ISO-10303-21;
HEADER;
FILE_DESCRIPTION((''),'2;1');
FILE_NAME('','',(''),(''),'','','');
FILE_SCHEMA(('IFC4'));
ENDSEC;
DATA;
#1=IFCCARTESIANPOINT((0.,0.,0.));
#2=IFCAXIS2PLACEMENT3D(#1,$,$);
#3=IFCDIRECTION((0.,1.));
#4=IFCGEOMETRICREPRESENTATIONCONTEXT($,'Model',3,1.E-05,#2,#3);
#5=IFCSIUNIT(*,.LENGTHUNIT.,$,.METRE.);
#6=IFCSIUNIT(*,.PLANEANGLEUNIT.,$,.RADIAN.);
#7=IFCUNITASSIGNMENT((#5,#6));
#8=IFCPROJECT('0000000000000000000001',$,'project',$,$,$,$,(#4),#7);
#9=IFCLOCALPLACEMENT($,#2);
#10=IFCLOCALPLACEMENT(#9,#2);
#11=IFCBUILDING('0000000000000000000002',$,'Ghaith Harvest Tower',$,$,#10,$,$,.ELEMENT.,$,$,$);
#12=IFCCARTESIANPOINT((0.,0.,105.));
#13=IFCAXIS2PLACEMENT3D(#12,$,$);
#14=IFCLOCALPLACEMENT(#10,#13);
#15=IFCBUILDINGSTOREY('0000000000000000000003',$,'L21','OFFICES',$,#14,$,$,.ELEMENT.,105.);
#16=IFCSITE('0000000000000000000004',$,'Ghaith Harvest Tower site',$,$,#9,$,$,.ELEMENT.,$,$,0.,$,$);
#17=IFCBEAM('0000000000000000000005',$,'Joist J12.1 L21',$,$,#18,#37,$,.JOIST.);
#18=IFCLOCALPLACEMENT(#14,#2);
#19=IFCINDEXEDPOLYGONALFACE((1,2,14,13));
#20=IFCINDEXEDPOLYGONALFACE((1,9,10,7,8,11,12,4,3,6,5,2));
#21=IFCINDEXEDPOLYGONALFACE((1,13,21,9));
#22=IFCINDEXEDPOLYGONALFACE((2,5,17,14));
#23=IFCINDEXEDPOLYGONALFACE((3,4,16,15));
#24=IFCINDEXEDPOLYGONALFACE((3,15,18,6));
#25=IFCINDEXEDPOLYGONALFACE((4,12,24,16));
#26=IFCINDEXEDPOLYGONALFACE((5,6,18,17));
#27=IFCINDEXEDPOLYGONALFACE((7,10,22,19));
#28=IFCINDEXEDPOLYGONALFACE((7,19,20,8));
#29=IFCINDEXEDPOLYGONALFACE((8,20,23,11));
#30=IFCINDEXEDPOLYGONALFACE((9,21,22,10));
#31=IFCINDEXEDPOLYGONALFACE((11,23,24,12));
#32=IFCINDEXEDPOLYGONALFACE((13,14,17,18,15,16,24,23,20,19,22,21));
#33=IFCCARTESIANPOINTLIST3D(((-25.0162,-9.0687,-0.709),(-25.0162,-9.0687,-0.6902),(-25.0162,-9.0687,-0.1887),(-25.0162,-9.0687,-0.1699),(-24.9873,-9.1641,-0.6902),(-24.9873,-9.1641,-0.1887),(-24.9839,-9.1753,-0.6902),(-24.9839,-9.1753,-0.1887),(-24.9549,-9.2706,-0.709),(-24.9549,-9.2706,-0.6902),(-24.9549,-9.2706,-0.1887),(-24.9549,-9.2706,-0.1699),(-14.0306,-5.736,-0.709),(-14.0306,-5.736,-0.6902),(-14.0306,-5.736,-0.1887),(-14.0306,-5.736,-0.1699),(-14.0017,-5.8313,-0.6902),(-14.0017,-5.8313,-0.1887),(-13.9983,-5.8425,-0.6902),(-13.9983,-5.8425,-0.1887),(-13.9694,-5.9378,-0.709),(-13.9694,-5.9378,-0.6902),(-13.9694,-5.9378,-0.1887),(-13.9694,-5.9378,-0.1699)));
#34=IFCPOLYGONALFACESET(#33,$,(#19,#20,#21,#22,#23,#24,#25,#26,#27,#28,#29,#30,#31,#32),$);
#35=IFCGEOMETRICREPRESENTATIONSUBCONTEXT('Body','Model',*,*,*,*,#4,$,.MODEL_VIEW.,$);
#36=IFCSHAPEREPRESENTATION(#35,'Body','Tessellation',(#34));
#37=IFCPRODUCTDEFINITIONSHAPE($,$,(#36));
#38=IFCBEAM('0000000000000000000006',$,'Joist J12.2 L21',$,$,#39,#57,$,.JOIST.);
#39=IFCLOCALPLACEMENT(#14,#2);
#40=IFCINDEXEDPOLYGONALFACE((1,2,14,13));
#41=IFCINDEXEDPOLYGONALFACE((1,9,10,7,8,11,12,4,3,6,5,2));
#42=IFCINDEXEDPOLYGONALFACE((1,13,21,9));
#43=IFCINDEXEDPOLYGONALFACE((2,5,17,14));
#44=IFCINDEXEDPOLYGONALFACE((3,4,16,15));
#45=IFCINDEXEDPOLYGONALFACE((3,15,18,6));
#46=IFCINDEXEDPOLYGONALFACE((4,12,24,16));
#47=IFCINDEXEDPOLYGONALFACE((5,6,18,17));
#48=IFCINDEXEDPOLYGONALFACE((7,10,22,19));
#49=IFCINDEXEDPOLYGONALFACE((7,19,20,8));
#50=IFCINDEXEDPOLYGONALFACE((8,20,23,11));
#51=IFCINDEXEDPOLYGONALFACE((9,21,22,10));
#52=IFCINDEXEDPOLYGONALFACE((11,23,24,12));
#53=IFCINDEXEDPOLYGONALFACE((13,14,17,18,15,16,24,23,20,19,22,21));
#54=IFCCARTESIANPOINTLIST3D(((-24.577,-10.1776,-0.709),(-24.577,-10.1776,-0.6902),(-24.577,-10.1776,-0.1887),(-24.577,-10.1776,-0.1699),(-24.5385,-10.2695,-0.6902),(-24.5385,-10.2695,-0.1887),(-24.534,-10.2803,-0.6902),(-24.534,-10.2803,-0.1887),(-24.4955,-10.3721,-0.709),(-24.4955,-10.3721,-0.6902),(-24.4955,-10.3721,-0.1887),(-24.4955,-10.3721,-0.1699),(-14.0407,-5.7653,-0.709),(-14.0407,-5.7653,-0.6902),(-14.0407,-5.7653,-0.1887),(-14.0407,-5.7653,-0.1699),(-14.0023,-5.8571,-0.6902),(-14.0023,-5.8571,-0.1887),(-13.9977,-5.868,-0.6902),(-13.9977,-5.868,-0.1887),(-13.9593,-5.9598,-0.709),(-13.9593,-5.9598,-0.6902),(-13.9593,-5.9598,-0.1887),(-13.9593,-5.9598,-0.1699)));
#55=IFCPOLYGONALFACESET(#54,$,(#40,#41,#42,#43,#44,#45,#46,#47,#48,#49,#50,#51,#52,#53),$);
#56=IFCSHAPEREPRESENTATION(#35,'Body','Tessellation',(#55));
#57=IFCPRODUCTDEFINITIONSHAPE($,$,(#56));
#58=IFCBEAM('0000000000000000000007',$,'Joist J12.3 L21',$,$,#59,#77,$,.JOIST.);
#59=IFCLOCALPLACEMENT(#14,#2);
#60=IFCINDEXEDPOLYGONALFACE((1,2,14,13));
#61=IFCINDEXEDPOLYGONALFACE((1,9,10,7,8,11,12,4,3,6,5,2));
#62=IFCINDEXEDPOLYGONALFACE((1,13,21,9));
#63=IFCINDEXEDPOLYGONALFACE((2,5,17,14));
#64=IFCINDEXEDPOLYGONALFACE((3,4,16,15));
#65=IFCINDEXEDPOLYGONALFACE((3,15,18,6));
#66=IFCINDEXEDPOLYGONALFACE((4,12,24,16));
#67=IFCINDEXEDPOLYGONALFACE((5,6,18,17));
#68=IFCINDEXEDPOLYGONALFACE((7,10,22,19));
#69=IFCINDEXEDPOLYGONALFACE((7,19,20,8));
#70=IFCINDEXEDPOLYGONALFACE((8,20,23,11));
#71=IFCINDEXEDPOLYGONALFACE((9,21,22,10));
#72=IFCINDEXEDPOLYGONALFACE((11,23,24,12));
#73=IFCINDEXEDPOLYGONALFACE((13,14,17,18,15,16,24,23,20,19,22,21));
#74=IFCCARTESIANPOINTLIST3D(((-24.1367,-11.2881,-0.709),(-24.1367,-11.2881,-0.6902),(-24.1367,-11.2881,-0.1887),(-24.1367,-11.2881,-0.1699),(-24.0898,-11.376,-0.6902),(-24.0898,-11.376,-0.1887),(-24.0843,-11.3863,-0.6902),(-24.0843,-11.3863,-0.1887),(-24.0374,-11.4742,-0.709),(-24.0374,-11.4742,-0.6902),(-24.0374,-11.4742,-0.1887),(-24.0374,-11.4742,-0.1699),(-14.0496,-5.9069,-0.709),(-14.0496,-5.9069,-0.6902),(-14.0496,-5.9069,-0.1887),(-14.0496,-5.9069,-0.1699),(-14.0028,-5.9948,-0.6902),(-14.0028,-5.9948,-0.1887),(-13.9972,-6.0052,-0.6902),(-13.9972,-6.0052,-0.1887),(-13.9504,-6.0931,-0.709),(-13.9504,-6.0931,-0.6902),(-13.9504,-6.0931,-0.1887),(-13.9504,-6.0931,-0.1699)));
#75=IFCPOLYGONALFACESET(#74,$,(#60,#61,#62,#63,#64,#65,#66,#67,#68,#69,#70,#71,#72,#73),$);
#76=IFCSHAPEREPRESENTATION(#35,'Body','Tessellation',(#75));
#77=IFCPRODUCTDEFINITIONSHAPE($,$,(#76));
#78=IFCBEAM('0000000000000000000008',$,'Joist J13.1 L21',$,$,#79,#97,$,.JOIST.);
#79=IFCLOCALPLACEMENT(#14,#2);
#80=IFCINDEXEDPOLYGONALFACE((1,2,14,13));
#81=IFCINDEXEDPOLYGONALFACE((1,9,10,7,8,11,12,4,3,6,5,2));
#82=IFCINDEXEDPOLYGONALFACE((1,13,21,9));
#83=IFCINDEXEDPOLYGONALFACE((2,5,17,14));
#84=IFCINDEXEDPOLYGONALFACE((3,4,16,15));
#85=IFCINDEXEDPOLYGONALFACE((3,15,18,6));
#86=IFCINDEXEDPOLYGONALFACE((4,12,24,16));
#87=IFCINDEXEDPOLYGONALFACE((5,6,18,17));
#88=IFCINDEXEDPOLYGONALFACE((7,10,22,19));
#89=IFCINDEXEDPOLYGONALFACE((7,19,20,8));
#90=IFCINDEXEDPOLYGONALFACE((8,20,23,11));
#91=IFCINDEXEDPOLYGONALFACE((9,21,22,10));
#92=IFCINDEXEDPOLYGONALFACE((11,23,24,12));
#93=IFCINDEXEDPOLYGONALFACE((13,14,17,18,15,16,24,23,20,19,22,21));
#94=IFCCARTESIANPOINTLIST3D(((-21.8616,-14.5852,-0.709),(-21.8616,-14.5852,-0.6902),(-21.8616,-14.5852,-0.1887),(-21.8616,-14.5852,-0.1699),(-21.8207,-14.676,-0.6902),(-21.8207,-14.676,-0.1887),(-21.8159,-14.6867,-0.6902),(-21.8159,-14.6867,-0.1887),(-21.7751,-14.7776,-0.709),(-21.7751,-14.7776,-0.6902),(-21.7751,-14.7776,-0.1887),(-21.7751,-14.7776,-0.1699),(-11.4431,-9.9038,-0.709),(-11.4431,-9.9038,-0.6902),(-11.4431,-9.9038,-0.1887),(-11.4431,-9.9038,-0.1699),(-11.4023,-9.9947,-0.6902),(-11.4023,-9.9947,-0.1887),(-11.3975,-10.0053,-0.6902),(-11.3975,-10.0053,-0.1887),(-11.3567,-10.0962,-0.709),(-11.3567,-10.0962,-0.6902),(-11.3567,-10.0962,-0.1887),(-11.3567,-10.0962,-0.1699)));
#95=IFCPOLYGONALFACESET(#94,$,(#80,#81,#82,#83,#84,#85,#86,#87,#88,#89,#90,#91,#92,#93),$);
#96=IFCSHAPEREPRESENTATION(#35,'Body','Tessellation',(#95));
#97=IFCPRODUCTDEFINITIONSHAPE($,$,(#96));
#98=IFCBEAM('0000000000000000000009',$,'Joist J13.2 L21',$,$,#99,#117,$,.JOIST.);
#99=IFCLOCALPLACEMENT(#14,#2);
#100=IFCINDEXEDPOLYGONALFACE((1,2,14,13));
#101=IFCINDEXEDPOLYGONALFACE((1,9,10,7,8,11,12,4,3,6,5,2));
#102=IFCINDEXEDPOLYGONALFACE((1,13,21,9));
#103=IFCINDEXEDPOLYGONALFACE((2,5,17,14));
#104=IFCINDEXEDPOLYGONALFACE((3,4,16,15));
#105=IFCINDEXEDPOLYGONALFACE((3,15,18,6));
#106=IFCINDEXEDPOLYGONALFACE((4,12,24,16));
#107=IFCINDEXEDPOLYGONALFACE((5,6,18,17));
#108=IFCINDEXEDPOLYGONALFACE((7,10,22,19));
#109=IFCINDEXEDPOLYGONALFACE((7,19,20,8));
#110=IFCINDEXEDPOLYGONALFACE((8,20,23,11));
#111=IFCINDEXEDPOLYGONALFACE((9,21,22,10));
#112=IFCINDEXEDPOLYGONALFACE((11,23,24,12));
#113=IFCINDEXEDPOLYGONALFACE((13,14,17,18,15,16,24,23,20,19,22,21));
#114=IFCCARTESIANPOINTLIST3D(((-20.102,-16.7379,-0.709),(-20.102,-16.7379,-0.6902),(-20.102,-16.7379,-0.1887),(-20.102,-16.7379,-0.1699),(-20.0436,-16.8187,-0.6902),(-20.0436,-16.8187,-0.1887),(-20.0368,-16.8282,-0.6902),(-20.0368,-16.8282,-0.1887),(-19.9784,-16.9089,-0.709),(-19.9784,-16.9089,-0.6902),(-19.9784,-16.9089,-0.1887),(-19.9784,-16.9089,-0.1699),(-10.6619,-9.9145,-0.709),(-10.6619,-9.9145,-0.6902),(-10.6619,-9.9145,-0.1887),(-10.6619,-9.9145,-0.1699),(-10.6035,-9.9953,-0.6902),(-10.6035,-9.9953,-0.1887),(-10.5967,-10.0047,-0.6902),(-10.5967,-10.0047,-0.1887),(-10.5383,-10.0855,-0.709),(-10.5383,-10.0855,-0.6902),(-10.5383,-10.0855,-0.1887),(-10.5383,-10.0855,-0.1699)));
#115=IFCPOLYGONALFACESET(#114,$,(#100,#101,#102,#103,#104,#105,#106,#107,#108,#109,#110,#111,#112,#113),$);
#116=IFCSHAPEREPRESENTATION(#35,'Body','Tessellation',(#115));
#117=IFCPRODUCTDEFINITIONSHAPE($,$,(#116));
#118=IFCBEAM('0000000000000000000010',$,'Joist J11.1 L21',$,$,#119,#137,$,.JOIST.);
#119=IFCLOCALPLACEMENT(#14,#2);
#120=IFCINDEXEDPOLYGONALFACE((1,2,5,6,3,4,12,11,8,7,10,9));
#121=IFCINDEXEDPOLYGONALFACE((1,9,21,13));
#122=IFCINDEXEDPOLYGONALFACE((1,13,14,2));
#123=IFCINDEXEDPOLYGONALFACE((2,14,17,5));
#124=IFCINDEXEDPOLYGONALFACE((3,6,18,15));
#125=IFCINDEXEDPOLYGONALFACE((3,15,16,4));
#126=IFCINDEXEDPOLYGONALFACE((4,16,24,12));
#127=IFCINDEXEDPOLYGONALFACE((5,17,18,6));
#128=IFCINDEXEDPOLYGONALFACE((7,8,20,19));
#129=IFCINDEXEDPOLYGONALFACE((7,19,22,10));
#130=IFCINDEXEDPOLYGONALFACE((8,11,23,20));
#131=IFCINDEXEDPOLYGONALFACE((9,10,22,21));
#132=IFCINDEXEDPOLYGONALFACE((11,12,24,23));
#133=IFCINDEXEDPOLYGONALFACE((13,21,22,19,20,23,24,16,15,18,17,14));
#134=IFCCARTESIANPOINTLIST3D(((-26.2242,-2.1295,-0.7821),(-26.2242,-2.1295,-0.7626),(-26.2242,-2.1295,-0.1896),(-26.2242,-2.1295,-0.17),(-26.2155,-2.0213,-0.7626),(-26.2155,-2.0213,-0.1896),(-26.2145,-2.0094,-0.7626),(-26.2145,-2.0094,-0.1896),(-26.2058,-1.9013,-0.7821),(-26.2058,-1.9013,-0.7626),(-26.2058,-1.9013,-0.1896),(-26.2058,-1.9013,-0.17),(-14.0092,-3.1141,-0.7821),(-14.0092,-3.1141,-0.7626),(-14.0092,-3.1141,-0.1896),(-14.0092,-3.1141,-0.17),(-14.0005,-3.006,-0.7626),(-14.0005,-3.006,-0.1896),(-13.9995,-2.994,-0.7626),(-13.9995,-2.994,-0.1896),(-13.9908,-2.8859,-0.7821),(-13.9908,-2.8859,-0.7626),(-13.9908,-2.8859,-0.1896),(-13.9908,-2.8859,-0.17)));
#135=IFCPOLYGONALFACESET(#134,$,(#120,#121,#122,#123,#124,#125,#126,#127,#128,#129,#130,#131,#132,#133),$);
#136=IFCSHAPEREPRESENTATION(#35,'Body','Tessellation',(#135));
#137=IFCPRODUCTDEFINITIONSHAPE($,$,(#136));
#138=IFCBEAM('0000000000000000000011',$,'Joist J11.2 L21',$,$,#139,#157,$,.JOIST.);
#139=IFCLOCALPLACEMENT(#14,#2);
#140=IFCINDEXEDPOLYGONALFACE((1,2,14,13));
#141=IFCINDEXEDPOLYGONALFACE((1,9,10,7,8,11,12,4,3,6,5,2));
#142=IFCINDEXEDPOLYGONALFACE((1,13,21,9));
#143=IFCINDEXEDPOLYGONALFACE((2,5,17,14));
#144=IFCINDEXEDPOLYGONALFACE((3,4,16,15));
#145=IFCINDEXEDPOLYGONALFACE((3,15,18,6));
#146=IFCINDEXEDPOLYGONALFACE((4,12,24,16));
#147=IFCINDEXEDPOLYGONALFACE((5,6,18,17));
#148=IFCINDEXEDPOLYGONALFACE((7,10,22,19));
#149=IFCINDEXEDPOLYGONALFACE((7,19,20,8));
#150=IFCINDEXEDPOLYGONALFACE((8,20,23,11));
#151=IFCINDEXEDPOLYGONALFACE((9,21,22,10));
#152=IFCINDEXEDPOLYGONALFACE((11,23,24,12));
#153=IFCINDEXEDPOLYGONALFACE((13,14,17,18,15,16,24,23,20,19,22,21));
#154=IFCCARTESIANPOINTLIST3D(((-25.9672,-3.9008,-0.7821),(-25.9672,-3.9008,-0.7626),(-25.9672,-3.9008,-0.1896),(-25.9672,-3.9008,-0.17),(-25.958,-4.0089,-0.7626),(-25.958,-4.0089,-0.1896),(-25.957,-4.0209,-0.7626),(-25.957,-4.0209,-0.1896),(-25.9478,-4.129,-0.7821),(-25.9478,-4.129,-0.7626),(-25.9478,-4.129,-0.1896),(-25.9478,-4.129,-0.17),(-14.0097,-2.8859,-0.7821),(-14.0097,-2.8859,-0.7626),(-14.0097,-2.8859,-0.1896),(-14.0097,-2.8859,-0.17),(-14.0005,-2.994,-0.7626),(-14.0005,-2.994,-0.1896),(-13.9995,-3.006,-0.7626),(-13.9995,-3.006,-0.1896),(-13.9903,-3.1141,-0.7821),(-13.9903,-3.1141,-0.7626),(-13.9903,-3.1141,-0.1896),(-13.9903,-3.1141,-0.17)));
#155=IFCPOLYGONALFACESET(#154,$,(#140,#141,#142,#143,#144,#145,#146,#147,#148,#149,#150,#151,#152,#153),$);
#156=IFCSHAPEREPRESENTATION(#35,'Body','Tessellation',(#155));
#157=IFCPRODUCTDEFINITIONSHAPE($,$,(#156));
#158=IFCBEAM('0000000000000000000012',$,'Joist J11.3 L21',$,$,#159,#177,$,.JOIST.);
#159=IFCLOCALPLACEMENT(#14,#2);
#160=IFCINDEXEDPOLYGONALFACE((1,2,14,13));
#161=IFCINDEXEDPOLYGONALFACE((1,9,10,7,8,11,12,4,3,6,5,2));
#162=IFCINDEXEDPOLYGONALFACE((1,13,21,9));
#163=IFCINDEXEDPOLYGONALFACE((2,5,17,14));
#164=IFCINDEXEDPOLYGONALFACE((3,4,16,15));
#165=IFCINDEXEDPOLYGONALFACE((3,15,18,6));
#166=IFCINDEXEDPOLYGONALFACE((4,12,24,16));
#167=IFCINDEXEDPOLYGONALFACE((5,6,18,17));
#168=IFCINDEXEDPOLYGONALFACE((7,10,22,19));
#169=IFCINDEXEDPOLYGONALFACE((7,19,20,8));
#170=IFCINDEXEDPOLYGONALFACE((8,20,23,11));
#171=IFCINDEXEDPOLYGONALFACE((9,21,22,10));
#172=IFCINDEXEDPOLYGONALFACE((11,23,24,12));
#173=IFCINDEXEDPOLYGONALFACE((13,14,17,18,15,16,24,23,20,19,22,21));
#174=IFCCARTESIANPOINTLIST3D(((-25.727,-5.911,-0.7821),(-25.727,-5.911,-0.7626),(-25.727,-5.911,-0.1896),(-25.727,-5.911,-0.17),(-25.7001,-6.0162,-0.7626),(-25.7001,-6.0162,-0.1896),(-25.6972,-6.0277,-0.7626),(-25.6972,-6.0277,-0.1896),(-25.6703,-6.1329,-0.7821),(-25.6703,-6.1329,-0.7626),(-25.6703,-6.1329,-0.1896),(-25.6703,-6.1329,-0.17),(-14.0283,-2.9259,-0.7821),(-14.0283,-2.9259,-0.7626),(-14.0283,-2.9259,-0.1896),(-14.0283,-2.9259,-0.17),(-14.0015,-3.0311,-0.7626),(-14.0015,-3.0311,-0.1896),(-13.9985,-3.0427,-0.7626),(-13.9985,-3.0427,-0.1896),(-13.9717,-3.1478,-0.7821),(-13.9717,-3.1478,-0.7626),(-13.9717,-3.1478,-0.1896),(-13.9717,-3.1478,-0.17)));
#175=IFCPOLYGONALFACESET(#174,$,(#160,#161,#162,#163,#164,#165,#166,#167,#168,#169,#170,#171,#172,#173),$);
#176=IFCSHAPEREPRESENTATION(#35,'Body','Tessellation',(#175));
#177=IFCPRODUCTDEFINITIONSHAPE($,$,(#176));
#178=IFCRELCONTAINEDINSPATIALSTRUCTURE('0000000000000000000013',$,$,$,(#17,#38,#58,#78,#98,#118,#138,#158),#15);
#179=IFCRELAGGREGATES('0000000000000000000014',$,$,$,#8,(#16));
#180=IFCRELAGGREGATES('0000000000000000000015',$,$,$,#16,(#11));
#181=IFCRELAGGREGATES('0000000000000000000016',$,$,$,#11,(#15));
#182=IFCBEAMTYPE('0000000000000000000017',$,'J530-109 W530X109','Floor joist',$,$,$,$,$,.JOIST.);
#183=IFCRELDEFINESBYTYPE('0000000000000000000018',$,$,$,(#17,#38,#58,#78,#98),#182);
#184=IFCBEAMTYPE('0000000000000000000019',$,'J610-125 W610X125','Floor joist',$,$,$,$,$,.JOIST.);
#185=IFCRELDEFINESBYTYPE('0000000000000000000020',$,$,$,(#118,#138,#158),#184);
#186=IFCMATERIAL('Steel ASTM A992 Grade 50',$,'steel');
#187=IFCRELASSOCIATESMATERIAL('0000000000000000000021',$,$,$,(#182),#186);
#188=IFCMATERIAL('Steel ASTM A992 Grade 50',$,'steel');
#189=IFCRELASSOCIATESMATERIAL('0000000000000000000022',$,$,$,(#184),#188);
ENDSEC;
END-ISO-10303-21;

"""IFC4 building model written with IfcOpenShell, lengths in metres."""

from ifc_helpers import new_model, si_unit, direction, frame, origin, origin_2d, place, context, subcontext, project, spatial, i_section, extrude, material, material_profile, profile_set, type_object, element, save


model = new_model("IFC4")

# Units and contexts
model_context = context("Model", 3, precision=1e-05, world=origin(), true_north=direction((0.0, 1.0)))
body_context = subcontext(model_context, "Body", "Model", "MODEL_VIEW")
ifc_project = project(units=[si_unit("LENGTHUNIT", "METRE"), si_unit("PLANEANGLEUNIT", "RADIAN")], contexts=[model_context])

# Site, building, storey
site_placement = place(None, origin())
site = spatial("IfcSite", under=ifc_project, at=site_placement, Name="Ghaith Harvest Tower site", CompositionType="ELEMENT", RefElevation=0.0)
building_placement = place(site_placement, origin())
building = spatial("IfcBuilding", under=site, at=building_placement, Name="Ghaith Harvest Tower", CompositionType="ELEMENT")
storey_placement = place(building_placement, frame((0.0, 0.0, 105.0)))
storey = spatial("IfcBuildingStorey", under=building, at=storey_placement, Name="L21", Description="OFFICES", CompositionType="ELEMENT", Elevation=105.0)

# Beams
ifc_material_1 = material(Name="Steel ASTM A992 Grade 50", Category="steel")
ifc_material_profile_1 = material_profile(ifc_material_1, i_section(OverallWidth=0.2109, OverallDepth=0.5391, WebThickness=0.0117, FlangeThickness=0.0188, at=origin_2d()), Name="W530X109")
ifc_profile_set_1 = profile_set([ifc_material_profile_1], Name="Steel ASTM A992 Grade 50")
beam_type_1 = type_object("IfcBeamType", Name="J530-109 W530X109", Description="Floor joist", PredefinedType="JOIST", material=ifc_profile_set_1)
beam_1_placement = place(storey_placement, frame((-14.0, -5.8369, -0.4395), z_axis=(-0.956933, -0.29031, 0.0), x_axis=(0.29031, -0.956933, 0.0)))
element("IfcBeam", 1, at=beam_1_placement, inside=storey, type_object=beam_type_1, Name="Joist J12.1 L21", PredefinedType="JOIST", context=body_context, shape_type="SweptSolid", body=[
    extrude(i_section(OverallWidth=0.2109, OverallDepth=0.5391, WebThickness=0.0117, FlangeThickness=0.0188, at=origin_2d()), origin(), (0.0, 0.0, 1.0), 11.48),
])
beam_2_placement = place(storey_placement, frame((-14.0, -5.8625, -0.4395), z_axis=(-0.922386, -0.38627, 0.0), x_axis=(0.38627, -0.922386, 0.0)))
element("IfcBeam", 2, at=beam_2_placement, inside=storey, type_object=beam_type_1, Name="Joist J12.2 L21", PredefinedType="JOIST", context=body_context, shape_type="SweptSolid", body=[
    extrude(i_section(OverallWidth=0.2109, OverallDepth=0.5391, WebThickness=0.0117, FlangeThickness=0.0188, at=origin_2d()), origin(), (0.0, 0.0, 1.0), 11.4229),
])
beam_3_placement = place(storey_placement, frame((-14.0, -6.0, -0.4395), z_axis=(-0.882302, -0.470685, 0.0), x_axis=(0.470685, -0.882302, 0.0)))
element("IfcBeam", 3, at=beam_3_placement, inside=storey, type_object=beam_type_1, Name="Joist J12.3 L21", PredefinedType="JOIST", context=body_context, shape_type="SweptSolid", body=[
    extrude(i_section(OverallWidth=0.2109, OverallDepth=0.5391, WebThickness=0.0117, FlangeThickness=0.0188, at=origin_2d()), origin(), (0.0, 0.0, 1.0), 11.4326),
])
beam_4_placement = place(storey_placement, frame((-11.3999, -10.0, -0.4395), z_axis=(-0.912148, -0.409862, 0.0), x_axis=(0.409862, -0.912148, 0.0)))
element("IfcBeam", 4, at=beam_4_placement, inside=storey, type_object=beam_type_1, Name="Joist J13.1 L21", PredefinedType="JOIST", context=body_context, shape_type="SweptSolid", body=[
    extrude(i_section(OverallWidth=0.2109, OverallDepth=0.5391, WebThickness=0.0117, FlangeThickness=0.0188, at=origin_2d()), origin(), (0.0, 0.0, 1.0), 11.4219),
])
beam_5_placement = place(storey_placement, frame((-10.6001, -10.0, -0.4395), z_axis=(-0.810452, -0.585805, 0.0), x_axis=(0.585805, -0.810452, 0.0)))
element("IfcBeam", 5, at=beam_5_placement, inside=storey, type_object=beam_type_1, Name="Joist J13.2 L21", PredefinedType="JOIST", context=body_context, shape_type="SweptSolid", body=[
    extrude(i_section(OverallWidth=0.2109, OverallDepth=0.5391, WebThickness=0.0117, FlangeThickness=0.0188, at=origin_2d()), origin(), (0.0, 0.0, 1.0), 11.6479),
])
ifc_material_2 = material(Name="Steel ASTM A992 Grade 50", Category="steel")
ifc_material_profile_2 = material_profile(ifc_material_2, i_section(OverallWidth=0.229, OverallDepth=0.6121, WebThickness=0.012, FlangeThickness=0.0195, at=origin_2d()), Name="W610X125")
ifc_profile_set_2 = profile_set([ifc_material_profile_2], Name="Steel ASTM A992 Grade 50")
beam_type_2 = type_object("IfcBeamType", Name="J610-125 W610X125", Description="Floor joist", PredefinedType="JOIST", material=ifc_profile_set_2)
beam_6_placement = place(storey_placement, frame((-14.0, -3.0, -0.4761), z_axis=(-0.996767, 0.080346, 0.0), x_axis=(-0.080346, -0.996767, 0.0)))
element("IfcBeam", 6, at=beam_6_placement, inside=storey, type_object=beam_type_2, Name="Joist J11.1 L21", PredefinedType="JOIST", context=body_context, shape_type="SweptSolid", body=[
    extrude(i_section(OverallWidth=0.229, OverallDepth=0.6121, WebThickness=0.012, FlangeThickness=0.0195, at=origin_2d()), origin(), (0.0, 0.0, 1.0), 12.2546),
])
beam_7_placement = place(storey_placement, frame((-14.0, -3.0, -0.4761), z_axis=(-0.996417, -0.084571, 0.0), x_axis=(0.084571, -0.996417, 0.0)))
element("IfcBeam", 7, at=beam_7_placement, inside=storey, type_object=beam_type_2, Name="Joist J11.2 L21", PredefinedType="JOIST", context=body_context, shape_type="SweptSolid", body=[
    extrude(i_section(OverallWidth=0.229, OverallDepth=0.6121, WebThickness=0.012, FlangeThickness=0.0195, at=origin_2d()), origin(), (0.0, 0.0, 1.0), 12.0005),
])
beam_8_placement = place(storey_placement, frame((-14.0, -3.0369, -0.4761), z_axis=(-0.968953, -0.247243, 0.0), x_axis=(0.247243, -0.968953, 0.0)))
element("IfcBeam", 8, at=beam_8_placement, inside=storey, type_object=beam_type_2, Name="Joist J11.3 L21", PredefinedType="JOIST", context=body_context, shape_type="SweptSolid", body=[
    extrude(i_section(OverallWidth=0.229, OverallDepth=0.6121, WebThickness=0.012, FlangeThickness=0.0195, at=origin_2d()), origin(), (0.0, 0.0, 1.0), 12.0735),
])

save(model, "model.ifc")
